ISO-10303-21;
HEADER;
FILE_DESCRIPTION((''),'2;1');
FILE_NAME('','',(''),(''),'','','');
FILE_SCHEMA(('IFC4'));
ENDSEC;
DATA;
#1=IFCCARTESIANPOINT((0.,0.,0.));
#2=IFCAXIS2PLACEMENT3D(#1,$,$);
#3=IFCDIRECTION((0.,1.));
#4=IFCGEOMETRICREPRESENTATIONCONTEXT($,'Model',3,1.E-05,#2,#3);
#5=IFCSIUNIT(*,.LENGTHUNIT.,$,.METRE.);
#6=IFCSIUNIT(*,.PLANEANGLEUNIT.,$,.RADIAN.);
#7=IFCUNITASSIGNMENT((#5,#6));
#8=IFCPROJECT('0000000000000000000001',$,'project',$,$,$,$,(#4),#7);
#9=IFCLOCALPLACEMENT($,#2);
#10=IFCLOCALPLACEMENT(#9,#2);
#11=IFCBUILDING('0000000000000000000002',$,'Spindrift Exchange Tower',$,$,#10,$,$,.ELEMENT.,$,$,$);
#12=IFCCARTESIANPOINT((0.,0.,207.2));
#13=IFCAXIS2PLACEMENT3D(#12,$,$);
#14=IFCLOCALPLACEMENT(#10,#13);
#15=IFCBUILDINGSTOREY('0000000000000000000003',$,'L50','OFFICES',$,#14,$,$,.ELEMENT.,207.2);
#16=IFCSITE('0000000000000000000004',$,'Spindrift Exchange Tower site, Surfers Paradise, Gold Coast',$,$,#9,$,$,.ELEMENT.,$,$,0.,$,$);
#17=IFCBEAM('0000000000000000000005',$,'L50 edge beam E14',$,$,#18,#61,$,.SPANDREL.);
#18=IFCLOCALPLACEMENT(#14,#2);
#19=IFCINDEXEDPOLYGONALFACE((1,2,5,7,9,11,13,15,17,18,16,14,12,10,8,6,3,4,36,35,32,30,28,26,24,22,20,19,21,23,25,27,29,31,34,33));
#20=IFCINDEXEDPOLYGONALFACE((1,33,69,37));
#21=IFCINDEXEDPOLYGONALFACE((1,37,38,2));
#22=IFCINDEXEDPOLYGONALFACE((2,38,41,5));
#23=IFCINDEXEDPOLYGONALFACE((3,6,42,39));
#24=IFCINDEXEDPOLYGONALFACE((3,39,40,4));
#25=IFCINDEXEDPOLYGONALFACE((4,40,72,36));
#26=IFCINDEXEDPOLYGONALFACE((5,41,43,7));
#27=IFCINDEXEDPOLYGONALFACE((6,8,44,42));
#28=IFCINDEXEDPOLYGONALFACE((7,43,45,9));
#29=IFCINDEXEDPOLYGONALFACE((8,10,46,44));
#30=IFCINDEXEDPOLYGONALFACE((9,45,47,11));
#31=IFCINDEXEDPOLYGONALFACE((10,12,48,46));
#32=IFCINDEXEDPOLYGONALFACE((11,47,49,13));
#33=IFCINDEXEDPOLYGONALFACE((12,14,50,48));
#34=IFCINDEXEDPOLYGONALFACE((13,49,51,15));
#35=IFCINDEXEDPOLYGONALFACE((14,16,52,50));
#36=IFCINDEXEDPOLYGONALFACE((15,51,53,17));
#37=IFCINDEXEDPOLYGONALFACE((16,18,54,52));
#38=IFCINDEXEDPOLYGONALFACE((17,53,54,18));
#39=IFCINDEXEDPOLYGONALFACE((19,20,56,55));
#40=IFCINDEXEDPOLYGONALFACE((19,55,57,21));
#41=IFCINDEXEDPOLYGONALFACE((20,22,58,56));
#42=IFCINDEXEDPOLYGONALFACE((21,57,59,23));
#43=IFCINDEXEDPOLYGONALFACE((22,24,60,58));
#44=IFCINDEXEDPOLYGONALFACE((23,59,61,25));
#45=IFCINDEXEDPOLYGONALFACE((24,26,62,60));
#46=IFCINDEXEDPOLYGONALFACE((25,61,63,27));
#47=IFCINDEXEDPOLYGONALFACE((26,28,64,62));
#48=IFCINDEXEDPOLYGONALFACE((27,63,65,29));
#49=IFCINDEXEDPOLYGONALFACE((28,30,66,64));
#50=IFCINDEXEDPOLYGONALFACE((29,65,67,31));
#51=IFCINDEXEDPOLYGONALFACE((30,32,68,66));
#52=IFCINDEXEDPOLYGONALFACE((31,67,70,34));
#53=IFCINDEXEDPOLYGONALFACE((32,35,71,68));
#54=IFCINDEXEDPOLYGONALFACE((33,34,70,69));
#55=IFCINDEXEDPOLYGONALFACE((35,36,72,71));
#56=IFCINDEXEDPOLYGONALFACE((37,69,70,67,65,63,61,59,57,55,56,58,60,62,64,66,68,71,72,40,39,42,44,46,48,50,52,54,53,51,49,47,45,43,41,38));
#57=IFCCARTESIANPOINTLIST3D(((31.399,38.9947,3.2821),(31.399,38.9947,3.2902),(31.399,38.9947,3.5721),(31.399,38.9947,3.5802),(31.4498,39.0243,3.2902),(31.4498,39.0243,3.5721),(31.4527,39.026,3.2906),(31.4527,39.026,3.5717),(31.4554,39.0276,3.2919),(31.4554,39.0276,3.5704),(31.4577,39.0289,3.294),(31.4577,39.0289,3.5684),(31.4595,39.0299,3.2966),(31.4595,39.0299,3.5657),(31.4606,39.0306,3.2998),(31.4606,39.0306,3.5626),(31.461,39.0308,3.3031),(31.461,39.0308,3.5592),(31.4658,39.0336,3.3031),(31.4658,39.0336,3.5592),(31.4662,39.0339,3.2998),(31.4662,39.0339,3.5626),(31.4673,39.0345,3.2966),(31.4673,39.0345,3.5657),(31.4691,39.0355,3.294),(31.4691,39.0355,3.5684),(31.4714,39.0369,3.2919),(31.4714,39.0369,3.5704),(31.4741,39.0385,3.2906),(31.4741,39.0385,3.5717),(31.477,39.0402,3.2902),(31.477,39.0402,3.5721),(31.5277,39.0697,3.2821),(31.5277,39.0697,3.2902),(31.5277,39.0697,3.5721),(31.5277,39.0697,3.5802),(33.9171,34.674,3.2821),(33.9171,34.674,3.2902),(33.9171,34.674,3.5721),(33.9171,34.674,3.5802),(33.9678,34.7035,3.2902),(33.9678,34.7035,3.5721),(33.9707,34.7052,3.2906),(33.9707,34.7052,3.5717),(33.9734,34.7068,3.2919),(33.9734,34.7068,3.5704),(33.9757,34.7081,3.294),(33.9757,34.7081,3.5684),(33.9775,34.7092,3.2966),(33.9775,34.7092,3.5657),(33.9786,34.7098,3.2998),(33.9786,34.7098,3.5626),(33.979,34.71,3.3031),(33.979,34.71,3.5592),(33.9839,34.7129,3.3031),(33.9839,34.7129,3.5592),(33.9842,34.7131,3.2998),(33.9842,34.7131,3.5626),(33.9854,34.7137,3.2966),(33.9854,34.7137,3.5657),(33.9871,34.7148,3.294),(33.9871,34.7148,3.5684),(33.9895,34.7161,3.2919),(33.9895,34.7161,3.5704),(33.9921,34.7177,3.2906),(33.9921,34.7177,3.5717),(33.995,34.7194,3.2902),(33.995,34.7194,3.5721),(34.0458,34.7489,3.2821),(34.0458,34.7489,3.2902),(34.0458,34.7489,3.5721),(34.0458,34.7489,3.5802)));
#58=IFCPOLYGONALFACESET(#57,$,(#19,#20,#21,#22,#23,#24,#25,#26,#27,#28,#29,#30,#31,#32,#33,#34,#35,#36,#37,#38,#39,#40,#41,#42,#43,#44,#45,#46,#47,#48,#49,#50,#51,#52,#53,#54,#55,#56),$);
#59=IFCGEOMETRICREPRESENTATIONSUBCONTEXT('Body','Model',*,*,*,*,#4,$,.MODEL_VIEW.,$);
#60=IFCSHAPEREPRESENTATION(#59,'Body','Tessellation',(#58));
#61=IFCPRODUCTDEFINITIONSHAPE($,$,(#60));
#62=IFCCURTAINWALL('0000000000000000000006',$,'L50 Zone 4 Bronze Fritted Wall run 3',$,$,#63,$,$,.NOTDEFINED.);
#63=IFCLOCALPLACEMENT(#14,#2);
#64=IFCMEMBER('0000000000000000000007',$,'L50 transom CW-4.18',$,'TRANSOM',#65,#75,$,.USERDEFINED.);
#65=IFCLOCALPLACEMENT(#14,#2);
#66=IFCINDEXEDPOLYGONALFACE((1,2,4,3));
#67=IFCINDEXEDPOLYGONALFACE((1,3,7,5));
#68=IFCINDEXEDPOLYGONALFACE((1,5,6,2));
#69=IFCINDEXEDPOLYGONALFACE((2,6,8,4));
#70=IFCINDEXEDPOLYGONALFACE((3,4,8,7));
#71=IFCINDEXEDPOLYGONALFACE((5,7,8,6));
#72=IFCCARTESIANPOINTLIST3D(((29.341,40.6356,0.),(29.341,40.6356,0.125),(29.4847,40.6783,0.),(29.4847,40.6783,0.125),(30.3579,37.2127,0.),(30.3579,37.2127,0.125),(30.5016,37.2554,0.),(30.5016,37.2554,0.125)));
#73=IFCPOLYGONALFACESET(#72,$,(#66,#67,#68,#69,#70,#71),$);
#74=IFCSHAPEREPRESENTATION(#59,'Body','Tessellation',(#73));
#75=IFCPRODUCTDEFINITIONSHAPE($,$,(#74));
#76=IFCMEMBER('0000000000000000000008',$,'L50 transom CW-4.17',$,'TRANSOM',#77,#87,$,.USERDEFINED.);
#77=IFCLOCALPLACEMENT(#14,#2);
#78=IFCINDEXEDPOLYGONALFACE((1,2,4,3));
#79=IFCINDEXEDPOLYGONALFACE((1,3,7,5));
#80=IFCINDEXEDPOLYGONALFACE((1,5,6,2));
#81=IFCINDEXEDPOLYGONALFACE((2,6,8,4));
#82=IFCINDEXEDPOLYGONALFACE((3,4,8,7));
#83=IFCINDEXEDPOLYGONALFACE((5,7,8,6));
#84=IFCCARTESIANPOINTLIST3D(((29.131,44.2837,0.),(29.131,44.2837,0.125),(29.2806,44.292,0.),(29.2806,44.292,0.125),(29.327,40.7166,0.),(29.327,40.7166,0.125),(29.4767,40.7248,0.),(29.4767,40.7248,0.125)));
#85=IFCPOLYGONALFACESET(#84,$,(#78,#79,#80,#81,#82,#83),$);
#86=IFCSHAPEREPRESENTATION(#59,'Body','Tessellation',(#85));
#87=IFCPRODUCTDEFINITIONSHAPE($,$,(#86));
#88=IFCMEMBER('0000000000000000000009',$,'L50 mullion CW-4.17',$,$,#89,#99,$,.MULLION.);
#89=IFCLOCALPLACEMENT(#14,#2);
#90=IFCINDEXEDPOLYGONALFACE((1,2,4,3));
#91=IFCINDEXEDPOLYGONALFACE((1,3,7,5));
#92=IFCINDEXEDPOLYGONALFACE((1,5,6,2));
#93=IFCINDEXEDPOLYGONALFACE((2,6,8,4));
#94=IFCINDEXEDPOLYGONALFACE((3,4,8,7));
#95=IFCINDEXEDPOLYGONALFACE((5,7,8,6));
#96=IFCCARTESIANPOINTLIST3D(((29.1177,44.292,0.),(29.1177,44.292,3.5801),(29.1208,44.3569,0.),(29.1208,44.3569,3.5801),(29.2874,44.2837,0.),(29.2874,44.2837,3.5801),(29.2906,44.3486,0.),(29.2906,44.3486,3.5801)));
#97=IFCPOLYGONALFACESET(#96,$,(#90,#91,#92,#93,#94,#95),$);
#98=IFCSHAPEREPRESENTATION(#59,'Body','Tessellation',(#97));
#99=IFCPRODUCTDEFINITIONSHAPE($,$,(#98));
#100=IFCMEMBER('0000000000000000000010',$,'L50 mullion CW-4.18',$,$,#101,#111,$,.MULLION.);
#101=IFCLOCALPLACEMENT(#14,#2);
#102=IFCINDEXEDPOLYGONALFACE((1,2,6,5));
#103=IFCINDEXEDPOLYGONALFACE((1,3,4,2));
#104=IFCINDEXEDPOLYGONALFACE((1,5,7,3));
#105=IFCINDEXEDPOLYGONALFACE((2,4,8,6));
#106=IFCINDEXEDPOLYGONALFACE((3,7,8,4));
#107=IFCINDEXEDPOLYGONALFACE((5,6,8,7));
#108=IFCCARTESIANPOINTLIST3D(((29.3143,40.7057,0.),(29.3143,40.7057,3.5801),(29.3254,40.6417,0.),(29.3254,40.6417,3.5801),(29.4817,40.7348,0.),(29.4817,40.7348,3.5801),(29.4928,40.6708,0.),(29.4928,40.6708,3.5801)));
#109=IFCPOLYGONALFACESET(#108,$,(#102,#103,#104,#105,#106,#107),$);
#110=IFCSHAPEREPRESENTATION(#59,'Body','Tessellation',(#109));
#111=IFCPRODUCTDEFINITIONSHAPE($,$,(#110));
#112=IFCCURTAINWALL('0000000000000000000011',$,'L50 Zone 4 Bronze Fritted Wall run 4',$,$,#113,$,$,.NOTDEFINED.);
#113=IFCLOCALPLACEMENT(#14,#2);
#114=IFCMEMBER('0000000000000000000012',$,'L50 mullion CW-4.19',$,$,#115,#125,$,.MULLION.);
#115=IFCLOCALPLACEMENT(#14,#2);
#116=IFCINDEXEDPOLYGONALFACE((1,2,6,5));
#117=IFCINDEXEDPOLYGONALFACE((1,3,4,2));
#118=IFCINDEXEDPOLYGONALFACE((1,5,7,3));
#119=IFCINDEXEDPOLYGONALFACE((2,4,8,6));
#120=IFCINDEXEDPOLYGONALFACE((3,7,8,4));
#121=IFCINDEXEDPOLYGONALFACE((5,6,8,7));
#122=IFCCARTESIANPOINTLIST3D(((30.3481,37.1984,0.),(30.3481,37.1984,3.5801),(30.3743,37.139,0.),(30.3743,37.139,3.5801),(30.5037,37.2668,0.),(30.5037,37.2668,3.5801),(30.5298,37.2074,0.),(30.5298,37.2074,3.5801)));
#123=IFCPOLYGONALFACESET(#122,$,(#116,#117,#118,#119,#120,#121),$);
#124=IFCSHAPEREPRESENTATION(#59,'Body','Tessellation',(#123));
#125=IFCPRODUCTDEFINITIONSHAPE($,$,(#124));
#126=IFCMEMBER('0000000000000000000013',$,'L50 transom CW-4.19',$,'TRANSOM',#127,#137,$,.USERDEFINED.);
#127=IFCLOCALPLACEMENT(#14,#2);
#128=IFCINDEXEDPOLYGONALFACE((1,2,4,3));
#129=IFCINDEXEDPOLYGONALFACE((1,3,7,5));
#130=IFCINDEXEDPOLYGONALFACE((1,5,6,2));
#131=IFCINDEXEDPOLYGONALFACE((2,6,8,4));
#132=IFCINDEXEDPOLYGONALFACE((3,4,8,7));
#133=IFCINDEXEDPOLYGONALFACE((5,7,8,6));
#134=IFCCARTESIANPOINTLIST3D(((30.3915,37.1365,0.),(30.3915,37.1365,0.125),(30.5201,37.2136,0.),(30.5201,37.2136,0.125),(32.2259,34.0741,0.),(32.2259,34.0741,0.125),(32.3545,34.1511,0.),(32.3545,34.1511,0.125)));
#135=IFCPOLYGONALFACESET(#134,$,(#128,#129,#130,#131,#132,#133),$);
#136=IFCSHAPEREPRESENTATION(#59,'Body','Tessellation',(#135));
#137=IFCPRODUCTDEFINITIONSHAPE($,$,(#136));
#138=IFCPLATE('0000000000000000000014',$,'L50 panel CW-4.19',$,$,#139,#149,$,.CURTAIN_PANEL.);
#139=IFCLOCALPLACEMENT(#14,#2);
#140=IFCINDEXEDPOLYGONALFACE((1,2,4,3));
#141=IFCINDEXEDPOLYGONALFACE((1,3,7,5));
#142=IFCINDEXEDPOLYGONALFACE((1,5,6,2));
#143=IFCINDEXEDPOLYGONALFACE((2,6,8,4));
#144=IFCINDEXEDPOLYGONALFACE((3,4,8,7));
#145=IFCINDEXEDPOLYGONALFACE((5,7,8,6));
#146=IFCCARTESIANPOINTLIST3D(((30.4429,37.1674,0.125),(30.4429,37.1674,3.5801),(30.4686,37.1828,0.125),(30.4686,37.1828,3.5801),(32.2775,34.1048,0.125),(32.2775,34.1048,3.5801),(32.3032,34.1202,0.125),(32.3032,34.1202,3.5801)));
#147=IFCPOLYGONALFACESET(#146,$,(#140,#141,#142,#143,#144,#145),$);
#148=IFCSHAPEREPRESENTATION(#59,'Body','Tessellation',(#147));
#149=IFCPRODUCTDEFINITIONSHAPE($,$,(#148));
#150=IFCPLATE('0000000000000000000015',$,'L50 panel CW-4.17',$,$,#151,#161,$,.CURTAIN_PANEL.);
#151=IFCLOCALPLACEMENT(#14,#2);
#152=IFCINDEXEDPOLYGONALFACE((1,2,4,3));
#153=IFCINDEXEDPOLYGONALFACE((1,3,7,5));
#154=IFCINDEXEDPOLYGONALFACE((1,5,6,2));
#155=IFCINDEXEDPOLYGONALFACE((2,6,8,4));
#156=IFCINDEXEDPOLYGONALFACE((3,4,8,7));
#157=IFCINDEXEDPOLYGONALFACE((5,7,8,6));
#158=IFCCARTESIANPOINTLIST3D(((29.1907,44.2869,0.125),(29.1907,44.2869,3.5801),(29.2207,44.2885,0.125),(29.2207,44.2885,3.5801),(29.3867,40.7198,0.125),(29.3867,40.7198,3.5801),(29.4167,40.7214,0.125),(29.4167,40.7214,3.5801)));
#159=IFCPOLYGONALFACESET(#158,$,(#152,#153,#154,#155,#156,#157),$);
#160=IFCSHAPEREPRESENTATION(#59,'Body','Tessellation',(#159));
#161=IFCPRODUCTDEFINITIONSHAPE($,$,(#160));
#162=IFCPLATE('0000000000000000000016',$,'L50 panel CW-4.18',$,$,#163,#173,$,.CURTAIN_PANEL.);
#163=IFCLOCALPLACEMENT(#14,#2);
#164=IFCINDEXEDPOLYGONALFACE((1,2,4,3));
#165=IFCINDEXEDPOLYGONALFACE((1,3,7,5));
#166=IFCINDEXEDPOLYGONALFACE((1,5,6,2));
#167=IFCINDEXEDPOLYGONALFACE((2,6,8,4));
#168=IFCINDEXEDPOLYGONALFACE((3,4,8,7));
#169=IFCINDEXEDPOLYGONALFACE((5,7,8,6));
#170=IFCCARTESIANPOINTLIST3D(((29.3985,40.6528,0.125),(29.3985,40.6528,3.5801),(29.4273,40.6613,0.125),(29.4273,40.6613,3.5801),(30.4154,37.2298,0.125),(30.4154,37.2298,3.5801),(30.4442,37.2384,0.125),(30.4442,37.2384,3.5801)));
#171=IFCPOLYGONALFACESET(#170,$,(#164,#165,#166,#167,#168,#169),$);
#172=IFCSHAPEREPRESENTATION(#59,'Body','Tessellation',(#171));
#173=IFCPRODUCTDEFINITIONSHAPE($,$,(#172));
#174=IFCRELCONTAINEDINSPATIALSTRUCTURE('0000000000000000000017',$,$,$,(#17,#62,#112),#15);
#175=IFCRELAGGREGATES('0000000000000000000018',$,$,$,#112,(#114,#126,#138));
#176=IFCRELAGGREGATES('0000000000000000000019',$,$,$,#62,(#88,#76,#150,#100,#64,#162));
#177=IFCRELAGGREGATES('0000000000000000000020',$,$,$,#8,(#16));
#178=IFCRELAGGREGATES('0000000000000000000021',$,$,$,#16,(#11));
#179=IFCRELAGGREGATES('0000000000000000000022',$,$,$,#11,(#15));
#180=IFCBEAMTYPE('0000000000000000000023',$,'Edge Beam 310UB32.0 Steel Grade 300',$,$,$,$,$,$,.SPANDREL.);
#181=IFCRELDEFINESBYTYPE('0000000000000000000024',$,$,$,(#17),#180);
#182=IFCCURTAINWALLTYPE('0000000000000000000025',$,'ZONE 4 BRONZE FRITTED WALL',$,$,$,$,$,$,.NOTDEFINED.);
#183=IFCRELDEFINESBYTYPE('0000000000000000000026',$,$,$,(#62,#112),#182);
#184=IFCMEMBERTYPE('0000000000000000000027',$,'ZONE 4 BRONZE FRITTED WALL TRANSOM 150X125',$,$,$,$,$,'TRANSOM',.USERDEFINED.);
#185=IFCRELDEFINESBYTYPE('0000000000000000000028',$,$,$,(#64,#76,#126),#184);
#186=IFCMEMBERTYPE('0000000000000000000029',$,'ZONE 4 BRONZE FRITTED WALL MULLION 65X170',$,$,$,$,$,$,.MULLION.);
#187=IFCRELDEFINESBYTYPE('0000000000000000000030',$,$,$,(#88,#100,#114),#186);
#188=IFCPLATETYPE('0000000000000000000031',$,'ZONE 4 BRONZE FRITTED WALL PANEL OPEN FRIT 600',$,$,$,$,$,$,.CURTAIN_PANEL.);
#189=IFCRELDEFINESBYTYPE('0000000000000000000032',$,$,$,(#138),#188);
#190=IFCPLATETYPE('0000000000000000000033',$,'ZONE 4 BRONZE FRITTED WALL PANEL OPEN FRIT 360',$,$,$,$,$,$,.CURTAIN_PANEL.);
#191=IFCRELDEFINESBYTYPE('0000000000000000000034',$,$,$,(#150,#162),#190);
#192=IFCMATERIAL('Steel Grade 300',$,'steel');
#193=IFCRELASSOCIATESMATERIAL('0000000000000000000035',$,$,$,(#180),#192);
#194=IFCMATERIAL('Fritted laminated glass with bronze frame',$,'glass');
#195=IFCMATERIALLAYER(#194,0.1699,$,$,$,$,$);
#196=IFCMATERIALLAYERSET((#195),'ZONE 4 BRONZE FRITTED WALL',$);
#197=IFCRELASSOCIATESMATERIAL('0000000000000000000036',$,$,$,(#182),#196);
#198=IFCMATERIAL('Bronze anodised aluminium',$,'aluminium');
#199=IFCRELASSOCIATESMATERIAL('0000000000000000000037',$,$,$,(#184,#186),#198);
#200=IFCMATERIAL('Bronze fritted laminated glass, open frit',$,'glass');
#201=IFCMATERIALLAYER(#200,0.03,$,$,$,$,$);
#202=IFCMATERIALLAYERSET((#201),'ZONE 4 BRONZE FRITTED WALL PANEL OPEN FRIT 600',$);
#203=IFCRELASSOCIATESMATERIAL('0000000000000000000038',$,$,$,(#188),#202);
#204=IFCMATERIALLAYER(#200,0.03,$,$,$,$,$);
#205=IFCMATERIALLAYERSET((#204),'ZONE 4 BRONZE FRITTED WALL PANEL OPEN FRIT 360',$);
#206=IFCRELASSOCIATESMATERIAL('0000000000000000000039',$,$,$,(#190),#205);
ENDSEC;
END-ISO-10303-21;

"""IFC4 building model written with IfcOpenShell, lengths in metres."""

from ifc_helpers import new_model, si_unit, direction, frame, origin, origin_2d, place, context, subcontext, project, spatial, rectangle, i_section, extrude, source, transform, mapped, material, layer, layer_set, material_profile, profile_set, type_object, element, aggregate, save


model = new_model("IFC4")

# Units and contexts
model_context = context("Model", 3, precision=1e-05, world=origin(), true_north=direction((0.0, 1.0)))
body_context = subcontext(model_context, "Body", "Model", "MODEL_VIEW")
ifc_project = project(units=[si_unit("LENGTHUNIT", "METRE"), si_unit("PLANEANGLEUNIT", "RADIAN")], contexts=[model_context])

# Site, building, storey
site_placement = place(None, origin())
site = spatial("IfcSite", under=ifc_project, at=site_placement, Name="Spindrift Exchange Tower site, Surfers Paradise, Gold Coast", CompositionType="ELEMENT", RefElevation=0.0)
building_placement = place(site_placement, origin())
building = spatial("IfcBuilding", under=site, at=building_placement, Name="Spindrift Exchange Tower", CompositionType="ELEMENT")
storey_placement = place(building_placement, frame((0.0, 0.0, 207.2)))
storey = spatial("IfcBuildingStorey", under=building, at=storey_placement, Name="L50", Description="OFFICES", CompositionType="ELEMENT", Elevation=207.2)

# Beam
ifc_material_1 = material(Name="Steel Grade 300", Category="steel")
ifc_material_profile_1 = material_profile(ifc_material_1, i_section(OverallWidth=0.1489, OverallDepth=0.2981, WebThickness=0.0056, FlangeThickness=0.0081, FilletRadius=0.0129, at=origin_2d()), Name="310UB32.0")
ifc_profile_set_1 = profile_set([ifc_material_profile_1], Name="Steel Grade 300")
beam_type_1 = type_object("IfcBeamType", Name="Edge Beam 310UB32.0 Steel Grade 300", PredefinedType="SPANDREL", material=ifc_profile_set_1)
shared_shape_1 = source(origin(), body_context, "Body", "SweptSolid", [
    extrude(i_section(OverallWidth=0.1489, OverallDepth=0.2981, WebThickness=0.0056, FlangeThickness=0.0081, FilletRadius=0.0129, at=origin_2d()), origin(), (0.0, 0.0, 1.0), 5.001),
])
beam_1_placement = place(storey_placement, frame((31.4634, 39.0322, 3.4312), z_axis=(0.503513, -0.863988, 0.0), x_axis=(0.863988, 0.503513, 0.0)))
element("IfcBeam", 1, at=beam_1_placement, inside=storey, type_object=beam_type_1, Name="L50 edge beam E14", PredefinedType="SPANDREL", context=body_context, shape_type="MappedRepresentation", body=[
    mapped(shared_shape_1, transform((0.0, 0.0, 0.0), scale=1.0)),
])

# Curtain wall, members
ifc_material_2 = material(Name="Fritted laminated glass with bronze frame", Category="glass")
ifc_layer_1 = layer(ifc_material_2, 0.1699)
ifc_layer_set_1 = layer_set([ifc_layer_1], Name="ZONE 4 BRONZE FRITTED WALL")
curtain_wall_type = type_object("IfcCurtainWallType", Name="ZONE 4 BRONZE FRITTED WALL", PredefinedType="NOTDEFINED", material=ifc_layer_set_1)
curtain_wall_1_placement = place(storey_placement, origin())
curtain_wall_1 = element("IfcCurtainWall", 2, at=curtain_wall_1_placement, inside=storey, type_object=curtain_wall_type, Name="L50 Zone 4 Bronze Fritted Wall run 3", PredefinedType="NOTDEFINED")
ifc_material_3 = material(Name="Bronze anodised aluminium", Category="aluminium")
ifc_material_profile_2 = material_profile(ifc_material_3, rectangle(XDim=0.1499, YDim=0.125, at=origin_2d()), Name="ZONE 4 BRONZE FRITTED WALL TRANSOM 150X125")
ifc_profile_set_2 = profile_set([ifc_material_profile_2], Name="Bronze anodised aluminium")
member_type_1 = type_object("IfcMemberType", Name="ZONE 4 BRONZE FRITTED WALL TRANSOM 150X125", ElementType="TRANSOM", PredefinedType="USERDEFINED", material=ifc_profile_set_2)
shared_shape_2 = source(origin(), body_context, "Body", "SweptSolid", [
    extrude(rectangle(XDim=0.1499, YDim=0.125, at=origin_2d()), origin(), (0.0, 0.0, 1.0), 3.5708),
])
member_1_placement = place(storey_placement, frame((29.4128, 40.657, 0.0625), z_axis=(0.284775, -0.958594, 0.0), x_axis=(0.958594, 0.284775, 0.0)))
member_1 = element("IfcMember", 3, at=member_1_placement, type_object=member_type_1, Name="L50 transom CW-4.18", ObjectType="TRANSOM", PredefinedType="USERDEFINED", context=body_context, shape_type="MappedRepresentation", body=[
    mapped(shared_shape_2, transform((0.0, 0.0, 0.0), scale=1.0)),
])
shared_shape_3 = source(origin(), body_context, "Body", "SweptSolid", [
    extrude(rectangle(XDim=0.1499, YDim=0.125, at=origin_2d()), origin(), (0.0, 0.0, 1.0), 3.5725),
])
member_2_placement = place(storey_placement, frame((29.2058, 44.2878, 0.0625), z_axis=(0.054876, -0.998493, 0.0), x_axis=(0.998493, 0.054876, 0.0)))
member_2 = element("IfcMember", 4, at=member_2_placement, type_object=member_type_1, Name="L50 transom CW-4.17", ObjectType="TRANSOM", PredefinedType="USERDEFINED", context=body_context, shape_type="MappedRepresentation", body=[
    mapped(shared_shape_3, transform((0.0, 0.0, 0.0), scale=1.0)),
])
ifc_material_profile_3 = material_profile(ifc_material_3, rectangle(XDim=0.0649, YDim=0.1699, at=origin_2d()), Name="ZONE 4 BRONZE FRITTED WALL MULLION 65X170")
ifc_profile_set_3 = profile_set([ifc_material_profile_3], Name="Bronze anodised aluminium")
member_type_2 = type_object("IfcMemberType", Name="ZONE 4 BRONZE FRITTED WALL MULLION 65X170", PredefinedType="MULLION", material=ifc_profile_set_3)
shared_shape_4 = source(origin(), body_context, "Body", "SweptSolid", [
    extrude(rectangle(XDim=0.0649, YDim=0.1699, at=origin_2d()), origin(), (0.0, 0.0, 1.0), 3.5801),
])
member_3_placement = place(storey_placement, frame((29.2041, 44.3203, 0.0), z_axis=(0.0, 0.0, 1.0), x_axis=(-0.048958, -0.998801, 0.0)))
member_3 = element("IfcMember", 5, at=member_3_placement, type_object=member_type_2, Name="L50 mullion CW-4.17", PredefinedType="MULLION", context=body_context, shape_type="MappedRepresentation", body=[
    mapped(shared_shape_4, transform((0.0, 0.0, 0.0), scale=1.0)),
])
member_4_placement = place(storey_placement, frame((29.4036, 40.6882, 0.0), z_axis=(0.0, 0.0, 1.0), x_axis=(0.170996, -0.985272, 0.0)))
member_4 = element("IfcMember", 6, at=member_4_placement, type_object=member_type_2, Name="L50 mullion CW-4.18", PredefinedType="MULLION", context=body_context, shape_type="MappedRepresentation", body=[
    mapped(shared_shape_4, transform((0.0, 0.0, 0.0), scale=1.0)),
])

# Curtain wall, members, plate
curtain_wall_2_placement = place(storey_placement, origin())
curtain_wall_2 = element("IfcCurtainWall", 7, at=curtain_wall_2_placement, inside=storey, type_object=curtain_wall_type, Name="L50 Zone 4 Bronze Fritted Wall run 4", PredefinedType="NOTDEFINED")
member_5_placement = place(storey_placement, frame((30.439, 37.2029, 0.0), z_axis=(0.0, 0.0, 1.0), x_axis=(0.402495, -0.915422, 0.0)))
member_5 = element("IfcMember", 8, at=member_5_placement, type_object=member_type_2, Name="L50 mullion CW-4.19", PredefinedType="MULLION", context=body_context, shape_type="MappedRepresentation", body=[
    mapped(shared_shape_4, transform((0.0, 0.0, 0.0), scale=1.0)),
])
shared_shape_5 = source(origin(), body_context, "Body", "SweptSolid", [
    extrude(rectangle(XDim=0.1499, YDim=0.125, at=origin_2d()), origin(), (0.0, 0.0, 1.0), 3.5698),
])
member_6_placement = place(storey_placement, frame((30.4558, 37.175, 0.0625), z_axis=(0.513872, -0.857867, 0.0), x_axis=(0.857867, 0.513872, 0.0)))
member_6 = element("IfcMember", 9, at=member_6_placement, type_object=member_type_1, Name="L50 transom CW-4.19", ObjectType="TRANSOM", PredefinedType="USERDEFINED", context=body_context, shape_type="MappedRepresentation", body=[
    mapped(shared_shape_5, transform((0.0, 0.0, 0.0), scale=1.0)),
])
ifc_material_4 = material(Name="Bronze fritted laminated glass, open frit", Category="glass")
ifc_layer_2 = layer(ifc_material_4, 0.03)
ifc_layer_set_2 = layer_set([ifc_layer_2], Name="ZONE 4 BRONZE FRITTED WALL PANEL OPEN FRIT 600")
plate_type_1 = type_object("IfcPlateType", Name="ZONE 4 BRONZE FRITTED WALL PANEL OPEN FRIT 600", PredefinedType="CURTAIN_PANEL", material=ifc_layer_set_2)
shared_shape_6 = source(origin(), body_context, "Body", "SweptSolid", [
    extrude(rectangle(XDim=3.5701, YDim=0.03, at=origin_2d()), origin(), (0.0, 0.0, 1.0), 3.4551),
])
plate_1_placement = place(storey_placement, frame((31.373, 35.6438, 0.125), z_axis=(0.0, 0.0, 1.0), x_axis=(0.513881, -0.857861, 0.0)))
plate_1 = element("IfcPlate", 10, at=plate_1_placement, type_object=plate_type_1, Name="L50 panel CW-4.19", PredefinedType="CURTAIN_PANEL", context=body_context, shape_type="MappedRepresentation", body=[
    mapped(shared_shape_6, transform((0.0, 0.0, 0.0), scale=1.0)),
])
aggregate(curtain_wall_2, [member_5, member_6, plate_1])

# Plates
ifc_layer_3 = layer(ifc_material_4, 0.03)
ifc_layer_set_3 = layer_set([ifc_layer_3], Name="ZONE 4 BRONZE FRITTED WALL PANEL OPEN FRIT 360")
plate_type_2 = type_object("IfcPlateType", Name="ZONE 4 BRONZE FRITTED WALL PANEL OPEN FRIT 360", PredefinedType="CURTAIN_PANEL", material=ifc_layer_set_3)
shared_shape_7 = source(origin(), body_context, "Body", "SweptSolid", [
    extrude(rectangle(XDim=3.5725, YDim=0.03, at=origin_2d()), origin(), (0.0, 0.0, 1.0), 3.4551),
])
plate_2_placement = place(storey_placement, frame((29.3037, 42.5042, 0.125), z_axis=(0.0, 0.0, 1.0), x_axis=(0.054874, -0.998493, 0.0)))
plate_2 = element("IfcPlate", 11, at=plate_2_placement, type_object=plate_type_2, Name="L50 panel CW-4.17", PredefinedType="CURTAIN_PANEL", context=body_context, shape_type="MappedRepresentation", body=[
    mapped(shared_shape_7, transform((0.0, 0.0, 0.0), scale=1.0)),
])
shared_shape_8 = source(origin(), body_context, "Body", "SweptSolid", [
    extrude(rectangle(XDim=3.5708, YDim=0.03, at=origin_2d()), origin(), (0.0, 0.0, 1.0), 3.4551),
])
plate_3_placement = place(storey_placement, frame((29.9214, 38.9456, 0.125), z_axis=(0.0, 0.0, 1.0), x_axis=(0.284783, -0.958592, 0.0)))
plate_3 = element("IfcPlate", 12, at=plate_3_placement, type_object=plate_type_2, Name="L50 panel CW-4.18", PredefinedType="CURTAIN_PANEL", context=body_context, shape_type="MappedRepresentation", body=[
    mapped(shared_shape_8, transform((0.0, 0.0, 0.0), scale=1.0)),
])
aggregate(curtain_wall_1, [member_3, member_2, plate_2, member_4, member_1, plate_3])

save(model, "model.ifc")
